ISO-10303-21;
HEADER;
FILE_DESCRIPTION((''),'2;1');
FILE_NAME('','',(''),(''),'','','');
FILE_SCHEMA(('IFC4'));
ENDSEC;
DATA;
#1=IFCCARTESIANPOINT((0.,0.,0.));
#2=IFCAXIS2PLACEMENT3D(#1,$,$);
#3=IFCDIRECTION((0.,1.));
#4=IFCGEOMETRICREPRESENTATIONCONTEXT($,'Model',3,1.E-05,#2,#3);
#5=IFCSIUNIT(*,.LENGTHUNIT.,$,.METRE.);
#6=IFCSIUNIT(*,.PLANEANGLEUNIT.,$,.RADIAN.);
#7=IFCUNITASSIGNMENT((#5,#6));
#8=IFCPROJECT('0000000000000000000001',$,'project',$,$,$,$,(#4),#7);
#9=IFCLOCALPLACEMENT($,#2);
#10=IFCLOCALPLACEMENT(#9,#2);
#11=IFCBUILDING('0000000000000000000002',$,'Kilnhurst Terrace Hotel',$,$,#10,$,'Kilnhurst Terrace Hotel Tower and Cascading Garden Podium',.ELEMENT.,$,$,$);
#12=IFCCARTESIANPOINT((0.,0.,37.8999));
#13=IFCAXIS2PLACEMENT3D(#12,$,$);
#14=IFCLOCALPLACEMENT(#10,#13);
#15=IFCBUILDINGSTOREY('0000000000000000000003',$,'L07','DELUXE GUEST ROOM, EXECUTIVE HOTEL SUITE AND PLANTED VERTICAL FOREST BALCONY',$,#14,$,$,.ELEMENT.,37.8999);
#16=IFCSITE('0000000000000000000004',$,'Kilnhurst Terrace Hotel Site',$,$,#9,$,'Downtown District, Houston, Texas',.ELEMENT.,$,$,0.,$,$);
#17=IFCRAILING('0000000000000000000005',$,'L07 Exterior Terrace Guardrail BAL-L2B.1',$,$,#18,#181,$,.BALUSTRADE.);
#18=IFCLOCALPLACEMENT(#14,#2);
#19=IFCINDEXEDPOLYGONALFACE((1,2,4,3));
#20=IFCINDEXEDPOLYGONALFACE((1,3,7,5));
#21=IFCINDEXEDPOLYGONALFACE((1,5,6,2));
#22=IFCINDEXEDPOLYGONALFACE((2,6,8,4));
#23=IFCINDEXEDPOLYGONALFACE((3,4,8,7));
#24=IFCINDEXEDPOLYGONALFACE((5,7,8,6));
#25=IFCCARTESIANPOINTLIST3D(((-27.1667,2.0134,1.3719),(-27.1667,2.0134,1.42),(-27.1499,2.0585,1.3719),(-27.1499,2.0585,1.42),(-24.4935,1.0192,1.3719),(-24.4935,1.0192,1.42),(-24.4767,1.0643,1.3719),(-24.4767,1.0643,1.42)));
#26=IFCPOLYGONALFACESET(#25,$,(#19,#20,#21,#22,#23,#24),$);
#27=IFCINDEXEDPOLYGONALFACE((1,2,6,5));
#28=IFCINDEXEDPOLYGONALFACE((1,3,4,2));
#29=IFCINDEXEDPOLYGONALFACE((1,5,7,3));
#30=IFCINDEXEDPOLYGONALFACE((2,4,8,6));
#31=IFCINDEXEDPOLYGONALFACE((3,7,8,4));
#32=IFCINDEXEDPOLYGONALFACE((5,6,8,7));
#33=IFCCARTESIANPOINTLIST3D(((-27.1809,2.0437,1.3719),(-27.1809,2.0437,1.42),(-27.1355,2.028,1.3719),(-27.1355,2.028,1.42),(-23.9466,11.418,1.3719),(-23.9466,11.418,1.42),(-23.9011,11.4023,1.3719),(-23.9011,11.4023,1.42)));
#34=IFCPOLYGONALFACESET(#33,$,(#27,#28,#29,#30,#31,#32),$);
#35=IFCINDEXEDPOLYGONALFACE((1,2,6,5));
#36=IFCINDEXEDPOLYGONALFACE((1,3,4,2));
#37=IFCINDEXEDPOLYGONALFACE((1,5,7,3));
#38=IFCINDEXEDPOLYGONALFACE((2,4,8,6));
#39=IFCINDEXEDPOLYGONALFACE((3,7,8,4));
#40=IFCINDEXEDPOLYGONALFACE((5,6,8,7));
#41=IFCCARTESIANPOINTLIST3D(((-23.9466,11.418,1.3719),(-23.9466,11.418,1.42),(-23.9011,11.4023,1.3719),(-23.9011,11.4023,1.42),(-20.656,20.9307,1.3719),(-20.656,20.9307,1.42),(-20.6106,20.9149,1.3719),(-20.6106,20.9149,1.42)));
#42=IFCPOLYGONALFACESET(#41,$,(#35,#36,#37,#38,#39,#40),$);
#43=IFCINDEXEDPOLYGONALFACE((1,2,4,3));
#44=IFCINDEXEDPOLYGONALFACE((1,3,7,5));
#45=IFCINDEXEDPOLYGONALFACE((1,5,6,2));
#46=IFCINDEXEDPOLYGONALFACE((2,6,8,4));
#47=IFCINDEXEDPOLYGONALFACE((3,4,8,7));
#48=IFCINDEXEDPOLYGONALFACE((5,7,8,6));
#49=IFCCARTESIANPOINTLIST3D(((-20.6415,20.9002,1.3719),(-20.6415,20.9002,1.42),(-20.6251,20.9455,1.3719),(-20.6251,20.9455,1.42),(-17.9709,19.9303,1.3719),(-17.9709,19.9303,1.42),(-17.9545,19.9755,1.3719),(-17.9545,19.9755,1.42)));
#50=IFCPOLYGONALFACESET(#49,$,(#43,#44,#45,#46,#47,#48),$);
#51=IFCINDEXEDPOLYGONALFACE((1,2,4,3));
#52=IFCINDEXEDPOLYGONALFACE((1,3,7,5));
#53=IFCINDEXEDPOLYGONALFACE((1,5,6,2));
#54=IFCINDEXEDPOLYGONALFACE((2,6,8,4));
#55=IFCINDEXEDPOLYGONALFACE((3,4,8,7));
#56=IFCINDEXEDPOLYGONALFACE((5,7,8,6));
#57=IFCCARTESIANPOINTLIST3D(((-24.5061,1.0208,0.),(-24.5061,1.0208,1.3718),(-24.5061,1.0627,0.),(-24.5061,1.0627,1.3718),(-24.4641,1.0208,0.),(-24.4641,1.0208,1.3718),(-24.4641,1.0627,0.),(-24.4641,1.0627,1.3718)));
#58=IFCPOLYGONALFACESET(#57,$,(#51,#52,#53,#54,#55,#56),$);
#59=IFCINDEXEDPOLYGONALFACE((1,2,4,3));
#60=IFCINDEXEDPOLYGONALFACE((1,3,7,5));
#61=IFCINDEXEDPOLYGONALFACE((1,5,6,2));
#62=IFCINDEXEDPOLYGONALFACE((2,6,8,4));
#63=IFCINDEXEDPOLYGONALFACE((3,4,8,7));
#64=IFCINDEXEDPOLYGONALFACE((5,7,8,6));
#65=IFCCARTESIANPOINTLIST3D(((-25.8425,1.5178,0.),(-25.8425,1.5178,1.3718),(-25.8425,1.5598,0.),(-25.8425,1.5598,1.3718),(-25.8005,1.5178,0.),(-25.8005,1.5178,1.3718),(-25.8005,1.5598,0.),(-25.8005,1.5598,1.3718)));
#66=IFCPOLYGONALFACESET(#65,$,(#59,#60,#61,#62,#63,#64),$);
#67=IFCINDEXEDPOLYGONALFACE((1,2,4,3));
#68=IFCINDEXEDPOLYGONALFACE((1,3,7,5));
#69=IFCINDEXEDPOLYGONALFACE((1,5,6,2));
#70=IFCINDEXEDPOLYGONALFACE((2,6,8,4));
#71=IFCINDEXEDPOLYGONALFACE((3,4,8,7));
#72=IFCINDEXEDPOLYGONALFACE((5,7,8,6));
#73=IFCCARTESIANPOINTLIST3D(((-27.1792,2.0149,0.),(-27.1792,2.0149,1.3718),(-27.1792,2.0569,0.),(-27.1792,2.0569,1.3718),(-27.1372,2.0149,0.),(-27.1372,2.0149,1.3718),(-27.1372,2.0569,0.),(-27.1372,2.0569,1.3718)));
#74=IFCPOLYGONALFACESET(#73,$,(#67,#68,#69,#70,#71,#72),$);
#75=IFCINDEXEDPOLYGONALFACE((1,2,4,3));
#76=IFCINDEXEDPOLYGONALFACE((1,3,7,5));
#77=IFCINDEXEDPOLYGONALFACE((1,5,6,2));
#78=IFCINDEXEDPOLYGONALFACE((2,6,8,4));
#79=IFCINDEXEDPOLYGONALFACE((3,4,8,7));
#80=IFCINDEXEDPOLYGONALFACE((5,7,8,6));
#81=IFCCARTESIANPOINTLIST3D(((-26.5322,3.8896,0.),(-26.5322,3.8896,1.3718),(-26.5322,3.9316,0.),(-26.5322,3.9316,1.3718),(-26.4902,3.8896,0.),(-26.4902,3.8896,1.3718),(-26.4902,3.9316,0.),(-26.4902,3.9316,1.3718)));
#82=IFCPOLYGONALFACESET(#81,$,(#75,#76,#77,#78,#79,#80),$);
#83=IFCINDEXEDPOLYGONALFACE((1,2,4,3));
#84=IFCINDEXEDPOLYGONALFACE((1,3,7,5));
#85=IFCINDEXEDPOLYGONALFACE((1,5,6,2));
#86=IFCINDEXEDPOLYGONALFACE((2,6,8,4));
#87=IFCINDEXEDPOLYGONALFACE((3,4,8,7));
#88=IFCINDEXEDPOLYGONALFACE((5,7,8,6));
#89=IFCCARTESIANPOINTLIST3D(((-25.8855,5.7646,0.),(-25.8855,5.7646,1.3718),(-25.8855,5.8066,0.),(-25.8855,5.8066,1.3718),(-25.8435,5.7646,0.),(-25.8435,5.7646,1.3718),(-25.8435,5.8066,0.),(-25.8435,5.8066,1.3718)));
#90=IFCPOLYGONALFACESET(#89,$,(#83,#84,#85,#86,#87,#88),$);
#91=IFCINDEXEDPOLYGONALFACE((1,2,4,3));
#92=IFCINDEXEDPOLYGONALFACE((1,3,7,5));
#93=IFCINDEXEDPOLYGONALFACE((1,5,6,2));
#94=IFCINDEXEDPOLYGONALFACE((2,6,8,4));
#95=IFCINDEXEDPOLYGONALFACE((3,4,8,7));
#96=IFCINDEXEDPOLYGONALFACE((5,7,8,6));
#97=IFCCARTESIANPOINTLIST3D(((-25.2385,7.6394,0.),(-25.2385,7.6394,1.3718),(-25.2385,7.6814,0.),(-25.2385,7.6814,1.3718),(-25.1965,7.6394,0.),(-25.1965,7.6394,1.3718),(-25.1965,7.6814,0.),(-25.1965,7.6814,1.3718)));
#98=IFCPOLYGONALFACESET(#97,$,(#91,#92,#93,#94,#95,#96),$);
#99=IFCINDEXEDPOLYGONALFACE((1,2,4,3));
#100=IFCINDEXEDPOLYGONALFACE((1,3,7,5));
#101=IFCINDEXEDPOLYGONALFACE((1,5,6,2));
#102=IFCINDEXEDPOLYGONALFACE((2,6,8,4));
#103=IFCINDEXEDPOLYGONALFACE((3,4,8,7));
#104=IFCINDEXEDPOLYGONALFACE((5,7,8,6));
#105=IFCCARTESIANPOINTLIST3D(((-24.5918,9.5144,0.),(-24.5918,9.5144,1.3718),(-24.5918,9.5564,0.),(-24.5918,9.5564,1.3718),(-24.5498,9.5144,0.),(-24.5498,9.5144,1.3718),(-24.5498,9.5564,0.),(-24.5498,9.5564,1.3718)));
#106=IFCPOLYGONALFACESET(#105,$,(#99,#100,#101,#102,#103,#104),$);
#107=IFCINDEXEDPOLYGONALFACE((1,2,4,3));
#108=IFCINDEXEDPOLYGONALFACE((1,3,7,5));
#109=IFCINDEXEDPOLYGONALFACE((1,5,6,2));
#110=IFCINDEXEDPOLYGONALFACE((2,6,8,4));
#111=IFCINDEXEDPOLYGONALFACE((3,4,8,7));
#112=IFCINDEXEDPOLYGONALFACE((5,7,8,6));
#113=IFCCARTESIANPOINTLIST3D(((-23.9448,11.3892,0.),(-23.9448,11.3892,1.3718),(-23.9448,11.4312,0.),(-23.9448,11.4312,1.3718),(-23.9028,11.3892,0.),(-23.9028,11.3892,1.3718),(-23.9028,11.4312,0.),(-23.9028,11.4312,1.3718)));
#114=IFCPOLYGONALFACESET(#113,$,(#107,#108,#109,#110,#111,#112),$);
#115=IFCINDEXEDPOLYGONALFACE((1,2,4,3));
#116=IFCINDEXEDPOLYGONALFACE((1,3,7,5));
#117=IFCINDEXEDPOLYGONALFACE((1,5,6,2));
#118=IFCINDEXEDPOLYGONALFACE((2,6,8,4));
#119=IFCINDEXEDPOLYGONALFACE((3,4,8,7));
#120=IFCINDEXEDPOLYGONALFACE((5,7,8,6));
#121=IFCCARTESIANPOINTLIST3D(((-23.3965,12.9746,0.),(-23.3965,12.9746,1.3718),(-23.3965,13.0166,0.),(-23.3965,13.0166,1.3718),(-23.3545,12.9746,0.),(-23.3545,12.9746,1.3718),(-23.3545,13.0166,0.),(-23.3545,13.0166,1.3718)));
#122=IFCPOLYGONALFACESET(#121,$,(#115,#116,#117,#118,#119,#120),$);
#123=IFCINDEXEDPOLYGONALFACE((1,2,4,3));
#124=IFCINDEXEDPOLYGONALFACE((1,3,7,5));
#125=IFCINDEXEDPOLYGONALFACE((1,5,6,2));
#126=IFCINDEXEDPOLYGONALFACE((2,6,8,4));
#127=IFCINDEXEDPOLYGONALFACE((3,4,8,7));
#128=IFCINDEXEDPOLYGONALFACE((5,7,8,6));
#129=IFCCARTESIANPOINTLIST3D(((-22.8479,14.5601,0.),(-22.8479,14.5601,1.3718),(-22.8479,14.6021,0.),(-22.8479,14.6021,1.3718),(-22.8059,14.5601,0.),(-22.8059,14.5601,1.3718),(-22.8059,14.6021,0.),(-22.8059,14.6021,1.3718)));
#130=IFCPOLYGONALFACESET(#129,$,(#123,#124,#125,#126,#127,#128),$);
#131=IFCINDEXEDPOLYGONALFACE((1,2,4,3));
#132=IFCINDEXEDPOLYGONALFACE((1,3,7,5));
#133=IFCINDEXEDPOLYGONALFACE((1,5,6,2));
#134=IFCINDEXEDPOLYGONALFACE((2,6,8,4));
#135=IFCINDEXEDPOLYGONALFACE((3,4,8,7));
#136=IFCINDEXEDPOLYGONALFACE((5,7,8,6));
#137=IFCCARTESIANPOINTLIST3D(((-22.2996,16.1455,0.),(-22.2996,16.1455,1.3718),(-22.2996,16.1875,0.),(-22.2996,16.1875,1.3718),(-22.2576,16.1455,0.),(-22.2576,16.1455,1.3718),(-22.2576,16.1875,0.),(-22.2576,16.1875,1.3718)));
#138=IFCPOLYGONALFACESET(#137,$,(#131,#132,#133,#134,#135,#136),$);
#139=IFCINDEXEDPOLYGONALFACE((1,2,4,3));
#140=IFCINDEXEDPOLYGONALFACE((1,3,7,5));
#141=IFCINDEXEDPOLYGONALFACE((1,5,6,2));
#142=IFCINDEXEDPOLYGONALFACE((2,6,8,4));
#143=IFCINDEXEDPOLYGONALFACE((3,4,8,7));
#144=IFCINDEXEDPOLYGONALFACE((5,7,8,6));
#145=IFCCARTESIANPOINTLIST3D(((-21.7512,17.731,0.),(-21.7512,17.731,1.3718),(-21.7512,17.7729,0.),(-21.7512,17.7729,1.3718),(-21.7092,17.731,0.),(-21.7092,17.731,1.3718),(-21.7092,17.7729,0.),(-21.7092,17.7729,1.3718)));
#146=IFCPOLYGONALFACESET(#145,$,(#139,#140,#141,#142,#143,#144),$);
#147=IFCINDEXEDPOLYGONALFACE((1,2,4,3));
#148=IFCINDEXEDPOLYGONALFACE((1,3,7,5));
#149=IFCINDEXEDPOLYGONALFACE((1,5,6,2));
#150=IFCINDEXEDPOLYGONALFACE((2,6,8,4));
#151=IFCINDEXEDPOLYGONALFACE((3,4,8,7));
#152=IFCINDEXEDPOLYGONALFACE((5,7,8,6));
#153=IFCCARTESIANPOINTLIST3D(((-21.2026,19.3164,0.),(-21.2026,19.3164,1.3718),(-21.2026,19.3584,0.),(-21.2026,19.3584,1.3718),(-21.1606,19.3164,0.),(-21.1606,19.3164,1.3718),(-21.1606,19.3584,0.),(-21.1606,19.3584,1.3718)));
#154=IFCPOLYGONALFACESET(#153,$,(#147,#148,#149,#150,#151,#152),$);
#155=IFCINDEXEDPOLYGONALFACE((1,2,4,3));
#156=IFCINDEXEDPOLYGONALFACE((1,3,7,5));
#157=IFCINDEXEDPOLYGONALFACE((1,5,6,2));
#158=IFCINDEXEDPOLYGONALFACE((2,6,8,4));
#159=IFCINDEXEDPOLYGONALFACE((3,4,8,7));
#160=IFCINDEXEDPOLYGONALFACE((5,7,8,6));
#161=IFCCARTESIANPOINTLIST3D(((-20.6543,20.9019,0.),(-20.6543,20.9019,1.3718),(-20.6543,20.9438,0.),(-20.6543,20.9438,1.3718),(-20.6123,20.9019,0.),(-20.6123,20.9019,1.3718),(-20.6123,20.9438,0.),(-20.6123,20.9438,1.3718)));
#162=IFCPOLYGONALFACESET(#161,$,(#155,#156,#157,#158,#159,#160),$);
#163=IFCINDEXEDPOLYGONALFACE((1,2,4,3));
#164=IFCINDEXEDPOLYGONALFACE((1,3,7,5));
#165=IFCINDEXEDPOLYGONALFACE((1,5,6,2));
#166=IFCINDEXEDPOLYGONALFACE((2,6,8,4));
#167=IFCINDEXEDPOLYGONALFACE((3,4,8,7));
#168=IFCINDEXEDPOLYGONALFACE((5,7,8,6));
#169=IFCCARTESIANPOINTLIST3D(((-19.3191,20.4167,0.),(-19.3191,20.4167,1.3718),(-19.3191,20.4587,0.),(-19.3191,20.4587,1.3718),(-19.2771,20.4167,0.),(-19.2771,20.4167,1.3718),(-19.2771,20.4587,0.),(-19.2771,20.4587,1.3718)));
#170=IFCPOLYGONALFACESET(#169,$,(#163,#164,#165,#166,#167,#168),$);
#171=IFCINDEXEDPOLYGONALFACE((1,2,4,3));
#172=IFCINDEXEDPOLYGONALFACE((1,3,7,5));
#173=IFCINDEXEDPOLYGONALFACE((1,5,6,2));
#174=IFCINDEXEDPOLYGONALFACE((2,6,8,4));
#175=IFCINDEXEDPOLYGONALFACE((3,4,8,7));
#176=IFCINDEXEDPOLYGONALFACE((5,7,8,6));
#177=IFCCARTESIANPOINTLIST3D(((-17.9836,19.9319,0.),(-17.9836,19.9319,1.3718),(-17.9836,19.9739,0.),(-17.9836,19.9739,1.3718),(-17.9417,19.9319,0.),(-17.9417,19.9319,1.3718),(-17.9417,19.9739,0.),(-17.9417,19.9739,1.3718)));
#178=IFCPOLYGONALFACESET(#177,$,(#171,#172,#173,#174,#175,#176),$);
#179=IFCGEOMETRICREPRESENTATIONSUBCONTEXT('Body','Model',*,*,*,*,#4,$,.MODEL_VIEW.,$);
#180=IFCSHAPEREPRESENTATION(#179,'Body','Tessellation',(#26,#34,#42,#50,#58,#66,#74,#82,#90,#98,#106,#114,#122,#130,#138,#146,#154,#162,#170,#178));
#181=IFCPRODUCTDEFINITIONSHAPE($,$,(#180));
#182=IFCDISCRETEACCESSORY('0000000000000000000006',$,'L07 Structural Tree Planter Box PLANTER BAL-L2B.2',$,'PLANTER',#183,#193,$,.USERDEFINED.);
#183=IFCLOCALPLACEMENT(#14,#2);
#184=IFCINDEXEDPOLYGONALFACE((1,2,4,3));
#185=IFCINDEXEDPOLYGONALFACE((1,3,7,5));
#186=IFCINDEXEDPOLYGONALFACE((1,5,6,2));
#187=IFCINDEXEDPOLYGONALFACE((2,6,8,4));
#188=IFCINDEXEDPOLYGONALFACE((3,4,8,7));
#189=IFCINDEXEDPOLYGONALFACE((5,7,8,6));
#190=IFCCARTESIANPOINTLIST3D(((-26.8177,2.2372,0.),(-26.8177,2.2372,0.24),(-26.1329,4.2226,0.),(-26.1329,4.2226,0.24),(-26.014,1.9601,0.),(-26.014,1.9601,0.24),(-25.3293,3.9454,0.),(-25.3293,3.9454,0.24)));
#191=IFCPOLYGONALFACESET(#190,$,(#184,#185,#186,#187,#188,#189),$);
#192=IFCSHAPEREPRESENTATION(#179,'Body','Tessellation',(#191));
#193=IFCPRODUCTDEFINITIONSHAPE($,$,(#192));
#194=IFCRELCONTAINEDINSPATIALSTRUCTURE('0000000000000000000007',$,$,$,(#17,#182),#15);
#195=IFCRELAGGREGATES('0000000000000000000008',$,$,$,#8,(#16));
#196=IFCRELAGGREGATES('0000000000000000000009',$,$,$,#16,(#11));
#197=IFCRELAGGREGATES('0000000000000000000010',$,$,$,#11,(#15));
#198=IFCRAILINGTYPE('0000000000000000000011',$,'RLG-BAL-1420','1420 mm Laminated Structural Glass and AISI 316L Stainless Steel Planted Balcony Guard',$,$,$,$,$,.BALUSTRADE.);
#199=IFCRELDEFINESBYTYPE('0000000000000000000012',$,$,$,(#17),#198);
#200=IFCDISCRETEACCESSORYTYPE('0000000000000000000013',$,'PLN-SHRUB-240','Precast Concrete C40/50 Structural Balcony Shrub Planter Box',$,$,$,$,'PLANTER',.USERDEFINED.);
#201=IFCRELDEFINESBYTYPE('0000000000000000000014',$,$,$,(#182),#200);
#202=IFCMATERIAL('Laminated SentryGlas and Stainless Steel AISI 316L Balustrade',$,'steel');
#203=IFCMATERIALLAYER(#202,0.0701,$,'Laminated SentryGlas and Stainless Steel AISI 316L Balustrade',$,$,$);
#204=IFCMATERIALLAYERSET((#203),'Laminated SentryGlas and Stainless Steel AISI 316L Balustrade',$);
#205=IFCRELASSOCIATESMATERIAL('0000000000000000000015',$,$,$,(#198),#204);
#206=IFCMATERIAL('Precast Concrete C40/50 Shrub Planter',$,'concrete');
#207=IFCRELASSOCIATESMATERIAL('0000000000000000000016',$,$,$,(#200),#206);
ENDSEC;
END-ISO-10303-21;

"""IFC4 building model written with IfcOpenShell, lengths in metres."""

from ifc_helpers import new_model, si_unit, direction, frame, origin, origin_2d, place, context, subcontext, project, spatial, rectangle, extrude, material, layer, layer_set, type_object, element, save


model = new_model("IFC4")

# Units and contexts
model_context = context("Model", 3, precision=1e-05, world=origin(), true_north=direction((0.0, 1.0)))
body_context = subcontext(model_context, "Body", "Model", "MODEL_VIEW")
ifc_project = project(units=[si_unit("LENGTHUNIT", "METRE"), si_unit("PLANEANGLEUNIT", "RADIAN")], contexts=[model_context])

# Site, building, storey
site_placement = place(None, origin())
site = spatial("IfcSite", under=ifc_project, at=site_placement, Name="Kilnhurst Terrace Hotel Site", LongName="Downtown District, Houston, Texas", CompositionType="ELEMENT", RefElevation=0.0)
building_placement = place(site_placement, origin())
building = spatial("IfcBuilding", under=site, at=building_placement, Name="Kilnhurst Terrace Hotel", LongName="Kilnhurst Terrace Hotel Tower and Cascading Garden Podium", CompositionType="ELEMENT")
storey_placement = place(building_placement, frame((0.0, 0.0, 37.8999)))
storey = spatial("IfcBuildingStorey", under=building, at=storey_placement, Name="L07", Description="DELUXE GUEST ROOM, EXECUTIVE HOTEL SUITE AND PLANTED VERTICAL FOREST BALCONY", CompositionType="ELEMENT", Elevation=37.8999)

# Railing
ifc_material_1 = material(Name="Laminated SentryGlas and Stainless Steel AISI 316L Balustrade", Category="steel")
ifc_layer_1 = layer(ifc_material_1, 0.0701, Name="Laminated SentryGlas and Stainless Steel AISI 316L Balustrade")
ifc_layer_set_1 = layer_set([ifc_layer_1], Name="Laminated SentryGlas and Stainless Steel AISI 316L Balustrade")
railing_type = type_object("IfcRailingType", Name="RLG-BAL-1420", Description="1420 mm Laminated Structural Glass and AISI 316L Stainless Steel Planted Balcony Guard", PredefinedType="BALUSTRADE", material=ifc_layer_set_1)
railing_placement = place(storey_placement, frame((-24.4851, 1.0417, 0.0)))
element("IfcRailing", 1, at=railing_placement, inside=storey, type_object=railing_type, Name="L07 Exterior Terrace Guardrail BAL-L2B.1", PredefinedType="BALUSTRADE", context=body_context, shape_type="SweptSolid", body=[
    extrude(rectangle(XDim=0.0481, YDim=0.0481, at=origin_2d()), frame((0.0, 0.0, 1.396), z_axis=(-0.937279, 0.34858, 0.0), x_axis=(-0.34858, -0.937279, 0.0)), (0.0, 0.0, 1.0), 2.8521),
    extrude(rectangle(XDim=0.0481, YDim=0.0481, at=origin_2d()), frame((-2.6731, 0.9941, 1.396), z_axis=(0.326159, 0.945315, 0.0), x_axis=(-0.945315, 0.326159, 0.0)), (0.0, 0.0, 1.0), 9.9165),
    extrude(rectangle(XDim=0.0481, YDim=0.0481, at=origin_2d()), frame((0.5613, 10.3684, 1.396), z_axis=(0.326904, 0.945058, 0.0), x_axis=(-0.945058, 0.326904, 0.0)), (0.0, 0.0, 1.0), 10.0657),
    extrude(rectangle(XDim=0.0481, YDim=0.0481, at=origin_2d()), frame((3.8518, 19.8811, 1.396), z_axis=(0.939926, -0.341377, 0.0), x_axis=(0.341377, 0.939926, 0.0)), (0.0, 0.0, 1.0), 2.8413),
    extrude(rectangle(XDim=0.042, YDim=0.042, at=origin_2d()), origin(), (0.0, 0.0, 1.0), 1.3718),
    extrude(rectangle(XDim=0.042, YDim=0.042, at=origin_2d()), frame((-1.3364, 0.4971, 0.0)), (0.0, 0.0, 1.0), 1.3718),
    extrude(rectangle(XDim=0.042, YDim=0.042, at=origin_2d()), frame((-2.6731, 0.9941, 0.0)), (0.0, 0.0, 1.0), 1.3718),
    extrude(rectangle(XDim=0.042, YDim=0.042, at=origin_2d()), frame((-2.0261, 2.8689, 0.0)), (0.0, 0.0, 1.0), 1.3718),
    extrude(rectangle(XDim=0.042, YDim=0.042, at=origin_2d()), frame((-1.3794, 4.7439, 0.0)), (0.0, 0.0, 1.0), 1.3718),
    extrude(rectangle(XDim=0.042, YDim=0.042, at=origin_2d()), frame((-0.7324, 6.6187, 0.0)), (0.0, 0.0, 1.0), 1.3718),
    extrude(rectangle(XDim=0.042, YDim=0.042, at=origin_2d()), frame((-0.0857, 8.4937, 0.0)), (0.0, 0.0, 1.0), 1.3718),
    extrude(rectangle(XDim=0.042, YDim=0.042, at=origin_2d()), frame((0.5613, 10.3684, 0.0)), (0.0, 0.0, 1.0), 1.3718),
    extrude(rectangle(XDim=0.042, YDim=0.042, at=origin_2d()), frame((1.1096, 11.9539, 0.0)), (0.0, 0.0, 1.0), 1.3718),
    extrude(rectangle(XDim=0.042, YDim=0.042, at=origin_2d()), frame((1.6582, 13.5393, 0.0)), (0.0, 0.0, 1.0), 1.3718),
    extrude(rectangle(XDim=0.042, YDim=0.042, at=origin_2d()), frame((2.2065, 15.1248, 0.0)), (0.0, 0.0, 1.0), 1.3718),
    extrude(rectangle(XDim=0.042, YDim=0.042, at=origin_2d()), frame((2.7549, 16.7102, 0.0)), (0.0, 0.0, 1.0), 1.3718),
    extrude(rectangle(XDim=0.042, YDim=0.042, at=origin_2d()), frame((3.3035, 18.2957, 0.0)), (0.0, 0.0, 1.0), 1.3718),
    extrude(rectangle(XDim=0.042, YDim=0.042, at=origin_2d()), frame((3.8518, 19.8811, 0.0)), (0.0, 0.0, 1.0), 1.3718),
    extrude(rectangle(XDim=0.042, YDim=0.042, at=origin_2d()), frame((5.187, 19.396, 0.0)), (0.0, 0.0, 1.0), 1.3718),
    extrude(rectangle(XDim=0.042, YDim=0.042, at=origin_2d()), frame((6.5225, 18.9111, 0.0)), (0.0, 0.0, 1.0), 1.3718),
])

# Discrete accessory
ifc_material_2 = material(Name="Precast Concrete C40/50 Shrub Planter", Category="concrete")
discrete_accessory_type = type_object("IfcDiscreteAccessoryType", Name="PLN-SHRUB-240", Description="Precast Concrete C40/50 Structural Balcony Shrub Planter Box", ElementType="PLANTER", PredefinedType="USERDEFINED", material=ifc_material_2)
discrete_accessory_placement = place(storey_placement, frame((-26.0735, 3.0913, 0.0), z_axis=(0.0, 0.0, 1.0), x_axis=(-0.326063, -0.945348, 0.0)))
element("IfcDiscreteAccessory", 2, at=discrete_accessory_placement, inside=storey, type_object=discrete_accessory_type, Name="L07 Structural Tree Planter Box PLANTER BAL-L2B.2", ObjectType="PLANTER", PredefinedType="USERDEFINED", context=body_context, shape_type="SweptSolid", body=[
    extrude(rectangle(XDim=2.1001, YDim=0.8501, at=origin_2d()), origin(), (0.0, 0.0, 1.0), 0.24),
])

save(model, "model.ifc")
